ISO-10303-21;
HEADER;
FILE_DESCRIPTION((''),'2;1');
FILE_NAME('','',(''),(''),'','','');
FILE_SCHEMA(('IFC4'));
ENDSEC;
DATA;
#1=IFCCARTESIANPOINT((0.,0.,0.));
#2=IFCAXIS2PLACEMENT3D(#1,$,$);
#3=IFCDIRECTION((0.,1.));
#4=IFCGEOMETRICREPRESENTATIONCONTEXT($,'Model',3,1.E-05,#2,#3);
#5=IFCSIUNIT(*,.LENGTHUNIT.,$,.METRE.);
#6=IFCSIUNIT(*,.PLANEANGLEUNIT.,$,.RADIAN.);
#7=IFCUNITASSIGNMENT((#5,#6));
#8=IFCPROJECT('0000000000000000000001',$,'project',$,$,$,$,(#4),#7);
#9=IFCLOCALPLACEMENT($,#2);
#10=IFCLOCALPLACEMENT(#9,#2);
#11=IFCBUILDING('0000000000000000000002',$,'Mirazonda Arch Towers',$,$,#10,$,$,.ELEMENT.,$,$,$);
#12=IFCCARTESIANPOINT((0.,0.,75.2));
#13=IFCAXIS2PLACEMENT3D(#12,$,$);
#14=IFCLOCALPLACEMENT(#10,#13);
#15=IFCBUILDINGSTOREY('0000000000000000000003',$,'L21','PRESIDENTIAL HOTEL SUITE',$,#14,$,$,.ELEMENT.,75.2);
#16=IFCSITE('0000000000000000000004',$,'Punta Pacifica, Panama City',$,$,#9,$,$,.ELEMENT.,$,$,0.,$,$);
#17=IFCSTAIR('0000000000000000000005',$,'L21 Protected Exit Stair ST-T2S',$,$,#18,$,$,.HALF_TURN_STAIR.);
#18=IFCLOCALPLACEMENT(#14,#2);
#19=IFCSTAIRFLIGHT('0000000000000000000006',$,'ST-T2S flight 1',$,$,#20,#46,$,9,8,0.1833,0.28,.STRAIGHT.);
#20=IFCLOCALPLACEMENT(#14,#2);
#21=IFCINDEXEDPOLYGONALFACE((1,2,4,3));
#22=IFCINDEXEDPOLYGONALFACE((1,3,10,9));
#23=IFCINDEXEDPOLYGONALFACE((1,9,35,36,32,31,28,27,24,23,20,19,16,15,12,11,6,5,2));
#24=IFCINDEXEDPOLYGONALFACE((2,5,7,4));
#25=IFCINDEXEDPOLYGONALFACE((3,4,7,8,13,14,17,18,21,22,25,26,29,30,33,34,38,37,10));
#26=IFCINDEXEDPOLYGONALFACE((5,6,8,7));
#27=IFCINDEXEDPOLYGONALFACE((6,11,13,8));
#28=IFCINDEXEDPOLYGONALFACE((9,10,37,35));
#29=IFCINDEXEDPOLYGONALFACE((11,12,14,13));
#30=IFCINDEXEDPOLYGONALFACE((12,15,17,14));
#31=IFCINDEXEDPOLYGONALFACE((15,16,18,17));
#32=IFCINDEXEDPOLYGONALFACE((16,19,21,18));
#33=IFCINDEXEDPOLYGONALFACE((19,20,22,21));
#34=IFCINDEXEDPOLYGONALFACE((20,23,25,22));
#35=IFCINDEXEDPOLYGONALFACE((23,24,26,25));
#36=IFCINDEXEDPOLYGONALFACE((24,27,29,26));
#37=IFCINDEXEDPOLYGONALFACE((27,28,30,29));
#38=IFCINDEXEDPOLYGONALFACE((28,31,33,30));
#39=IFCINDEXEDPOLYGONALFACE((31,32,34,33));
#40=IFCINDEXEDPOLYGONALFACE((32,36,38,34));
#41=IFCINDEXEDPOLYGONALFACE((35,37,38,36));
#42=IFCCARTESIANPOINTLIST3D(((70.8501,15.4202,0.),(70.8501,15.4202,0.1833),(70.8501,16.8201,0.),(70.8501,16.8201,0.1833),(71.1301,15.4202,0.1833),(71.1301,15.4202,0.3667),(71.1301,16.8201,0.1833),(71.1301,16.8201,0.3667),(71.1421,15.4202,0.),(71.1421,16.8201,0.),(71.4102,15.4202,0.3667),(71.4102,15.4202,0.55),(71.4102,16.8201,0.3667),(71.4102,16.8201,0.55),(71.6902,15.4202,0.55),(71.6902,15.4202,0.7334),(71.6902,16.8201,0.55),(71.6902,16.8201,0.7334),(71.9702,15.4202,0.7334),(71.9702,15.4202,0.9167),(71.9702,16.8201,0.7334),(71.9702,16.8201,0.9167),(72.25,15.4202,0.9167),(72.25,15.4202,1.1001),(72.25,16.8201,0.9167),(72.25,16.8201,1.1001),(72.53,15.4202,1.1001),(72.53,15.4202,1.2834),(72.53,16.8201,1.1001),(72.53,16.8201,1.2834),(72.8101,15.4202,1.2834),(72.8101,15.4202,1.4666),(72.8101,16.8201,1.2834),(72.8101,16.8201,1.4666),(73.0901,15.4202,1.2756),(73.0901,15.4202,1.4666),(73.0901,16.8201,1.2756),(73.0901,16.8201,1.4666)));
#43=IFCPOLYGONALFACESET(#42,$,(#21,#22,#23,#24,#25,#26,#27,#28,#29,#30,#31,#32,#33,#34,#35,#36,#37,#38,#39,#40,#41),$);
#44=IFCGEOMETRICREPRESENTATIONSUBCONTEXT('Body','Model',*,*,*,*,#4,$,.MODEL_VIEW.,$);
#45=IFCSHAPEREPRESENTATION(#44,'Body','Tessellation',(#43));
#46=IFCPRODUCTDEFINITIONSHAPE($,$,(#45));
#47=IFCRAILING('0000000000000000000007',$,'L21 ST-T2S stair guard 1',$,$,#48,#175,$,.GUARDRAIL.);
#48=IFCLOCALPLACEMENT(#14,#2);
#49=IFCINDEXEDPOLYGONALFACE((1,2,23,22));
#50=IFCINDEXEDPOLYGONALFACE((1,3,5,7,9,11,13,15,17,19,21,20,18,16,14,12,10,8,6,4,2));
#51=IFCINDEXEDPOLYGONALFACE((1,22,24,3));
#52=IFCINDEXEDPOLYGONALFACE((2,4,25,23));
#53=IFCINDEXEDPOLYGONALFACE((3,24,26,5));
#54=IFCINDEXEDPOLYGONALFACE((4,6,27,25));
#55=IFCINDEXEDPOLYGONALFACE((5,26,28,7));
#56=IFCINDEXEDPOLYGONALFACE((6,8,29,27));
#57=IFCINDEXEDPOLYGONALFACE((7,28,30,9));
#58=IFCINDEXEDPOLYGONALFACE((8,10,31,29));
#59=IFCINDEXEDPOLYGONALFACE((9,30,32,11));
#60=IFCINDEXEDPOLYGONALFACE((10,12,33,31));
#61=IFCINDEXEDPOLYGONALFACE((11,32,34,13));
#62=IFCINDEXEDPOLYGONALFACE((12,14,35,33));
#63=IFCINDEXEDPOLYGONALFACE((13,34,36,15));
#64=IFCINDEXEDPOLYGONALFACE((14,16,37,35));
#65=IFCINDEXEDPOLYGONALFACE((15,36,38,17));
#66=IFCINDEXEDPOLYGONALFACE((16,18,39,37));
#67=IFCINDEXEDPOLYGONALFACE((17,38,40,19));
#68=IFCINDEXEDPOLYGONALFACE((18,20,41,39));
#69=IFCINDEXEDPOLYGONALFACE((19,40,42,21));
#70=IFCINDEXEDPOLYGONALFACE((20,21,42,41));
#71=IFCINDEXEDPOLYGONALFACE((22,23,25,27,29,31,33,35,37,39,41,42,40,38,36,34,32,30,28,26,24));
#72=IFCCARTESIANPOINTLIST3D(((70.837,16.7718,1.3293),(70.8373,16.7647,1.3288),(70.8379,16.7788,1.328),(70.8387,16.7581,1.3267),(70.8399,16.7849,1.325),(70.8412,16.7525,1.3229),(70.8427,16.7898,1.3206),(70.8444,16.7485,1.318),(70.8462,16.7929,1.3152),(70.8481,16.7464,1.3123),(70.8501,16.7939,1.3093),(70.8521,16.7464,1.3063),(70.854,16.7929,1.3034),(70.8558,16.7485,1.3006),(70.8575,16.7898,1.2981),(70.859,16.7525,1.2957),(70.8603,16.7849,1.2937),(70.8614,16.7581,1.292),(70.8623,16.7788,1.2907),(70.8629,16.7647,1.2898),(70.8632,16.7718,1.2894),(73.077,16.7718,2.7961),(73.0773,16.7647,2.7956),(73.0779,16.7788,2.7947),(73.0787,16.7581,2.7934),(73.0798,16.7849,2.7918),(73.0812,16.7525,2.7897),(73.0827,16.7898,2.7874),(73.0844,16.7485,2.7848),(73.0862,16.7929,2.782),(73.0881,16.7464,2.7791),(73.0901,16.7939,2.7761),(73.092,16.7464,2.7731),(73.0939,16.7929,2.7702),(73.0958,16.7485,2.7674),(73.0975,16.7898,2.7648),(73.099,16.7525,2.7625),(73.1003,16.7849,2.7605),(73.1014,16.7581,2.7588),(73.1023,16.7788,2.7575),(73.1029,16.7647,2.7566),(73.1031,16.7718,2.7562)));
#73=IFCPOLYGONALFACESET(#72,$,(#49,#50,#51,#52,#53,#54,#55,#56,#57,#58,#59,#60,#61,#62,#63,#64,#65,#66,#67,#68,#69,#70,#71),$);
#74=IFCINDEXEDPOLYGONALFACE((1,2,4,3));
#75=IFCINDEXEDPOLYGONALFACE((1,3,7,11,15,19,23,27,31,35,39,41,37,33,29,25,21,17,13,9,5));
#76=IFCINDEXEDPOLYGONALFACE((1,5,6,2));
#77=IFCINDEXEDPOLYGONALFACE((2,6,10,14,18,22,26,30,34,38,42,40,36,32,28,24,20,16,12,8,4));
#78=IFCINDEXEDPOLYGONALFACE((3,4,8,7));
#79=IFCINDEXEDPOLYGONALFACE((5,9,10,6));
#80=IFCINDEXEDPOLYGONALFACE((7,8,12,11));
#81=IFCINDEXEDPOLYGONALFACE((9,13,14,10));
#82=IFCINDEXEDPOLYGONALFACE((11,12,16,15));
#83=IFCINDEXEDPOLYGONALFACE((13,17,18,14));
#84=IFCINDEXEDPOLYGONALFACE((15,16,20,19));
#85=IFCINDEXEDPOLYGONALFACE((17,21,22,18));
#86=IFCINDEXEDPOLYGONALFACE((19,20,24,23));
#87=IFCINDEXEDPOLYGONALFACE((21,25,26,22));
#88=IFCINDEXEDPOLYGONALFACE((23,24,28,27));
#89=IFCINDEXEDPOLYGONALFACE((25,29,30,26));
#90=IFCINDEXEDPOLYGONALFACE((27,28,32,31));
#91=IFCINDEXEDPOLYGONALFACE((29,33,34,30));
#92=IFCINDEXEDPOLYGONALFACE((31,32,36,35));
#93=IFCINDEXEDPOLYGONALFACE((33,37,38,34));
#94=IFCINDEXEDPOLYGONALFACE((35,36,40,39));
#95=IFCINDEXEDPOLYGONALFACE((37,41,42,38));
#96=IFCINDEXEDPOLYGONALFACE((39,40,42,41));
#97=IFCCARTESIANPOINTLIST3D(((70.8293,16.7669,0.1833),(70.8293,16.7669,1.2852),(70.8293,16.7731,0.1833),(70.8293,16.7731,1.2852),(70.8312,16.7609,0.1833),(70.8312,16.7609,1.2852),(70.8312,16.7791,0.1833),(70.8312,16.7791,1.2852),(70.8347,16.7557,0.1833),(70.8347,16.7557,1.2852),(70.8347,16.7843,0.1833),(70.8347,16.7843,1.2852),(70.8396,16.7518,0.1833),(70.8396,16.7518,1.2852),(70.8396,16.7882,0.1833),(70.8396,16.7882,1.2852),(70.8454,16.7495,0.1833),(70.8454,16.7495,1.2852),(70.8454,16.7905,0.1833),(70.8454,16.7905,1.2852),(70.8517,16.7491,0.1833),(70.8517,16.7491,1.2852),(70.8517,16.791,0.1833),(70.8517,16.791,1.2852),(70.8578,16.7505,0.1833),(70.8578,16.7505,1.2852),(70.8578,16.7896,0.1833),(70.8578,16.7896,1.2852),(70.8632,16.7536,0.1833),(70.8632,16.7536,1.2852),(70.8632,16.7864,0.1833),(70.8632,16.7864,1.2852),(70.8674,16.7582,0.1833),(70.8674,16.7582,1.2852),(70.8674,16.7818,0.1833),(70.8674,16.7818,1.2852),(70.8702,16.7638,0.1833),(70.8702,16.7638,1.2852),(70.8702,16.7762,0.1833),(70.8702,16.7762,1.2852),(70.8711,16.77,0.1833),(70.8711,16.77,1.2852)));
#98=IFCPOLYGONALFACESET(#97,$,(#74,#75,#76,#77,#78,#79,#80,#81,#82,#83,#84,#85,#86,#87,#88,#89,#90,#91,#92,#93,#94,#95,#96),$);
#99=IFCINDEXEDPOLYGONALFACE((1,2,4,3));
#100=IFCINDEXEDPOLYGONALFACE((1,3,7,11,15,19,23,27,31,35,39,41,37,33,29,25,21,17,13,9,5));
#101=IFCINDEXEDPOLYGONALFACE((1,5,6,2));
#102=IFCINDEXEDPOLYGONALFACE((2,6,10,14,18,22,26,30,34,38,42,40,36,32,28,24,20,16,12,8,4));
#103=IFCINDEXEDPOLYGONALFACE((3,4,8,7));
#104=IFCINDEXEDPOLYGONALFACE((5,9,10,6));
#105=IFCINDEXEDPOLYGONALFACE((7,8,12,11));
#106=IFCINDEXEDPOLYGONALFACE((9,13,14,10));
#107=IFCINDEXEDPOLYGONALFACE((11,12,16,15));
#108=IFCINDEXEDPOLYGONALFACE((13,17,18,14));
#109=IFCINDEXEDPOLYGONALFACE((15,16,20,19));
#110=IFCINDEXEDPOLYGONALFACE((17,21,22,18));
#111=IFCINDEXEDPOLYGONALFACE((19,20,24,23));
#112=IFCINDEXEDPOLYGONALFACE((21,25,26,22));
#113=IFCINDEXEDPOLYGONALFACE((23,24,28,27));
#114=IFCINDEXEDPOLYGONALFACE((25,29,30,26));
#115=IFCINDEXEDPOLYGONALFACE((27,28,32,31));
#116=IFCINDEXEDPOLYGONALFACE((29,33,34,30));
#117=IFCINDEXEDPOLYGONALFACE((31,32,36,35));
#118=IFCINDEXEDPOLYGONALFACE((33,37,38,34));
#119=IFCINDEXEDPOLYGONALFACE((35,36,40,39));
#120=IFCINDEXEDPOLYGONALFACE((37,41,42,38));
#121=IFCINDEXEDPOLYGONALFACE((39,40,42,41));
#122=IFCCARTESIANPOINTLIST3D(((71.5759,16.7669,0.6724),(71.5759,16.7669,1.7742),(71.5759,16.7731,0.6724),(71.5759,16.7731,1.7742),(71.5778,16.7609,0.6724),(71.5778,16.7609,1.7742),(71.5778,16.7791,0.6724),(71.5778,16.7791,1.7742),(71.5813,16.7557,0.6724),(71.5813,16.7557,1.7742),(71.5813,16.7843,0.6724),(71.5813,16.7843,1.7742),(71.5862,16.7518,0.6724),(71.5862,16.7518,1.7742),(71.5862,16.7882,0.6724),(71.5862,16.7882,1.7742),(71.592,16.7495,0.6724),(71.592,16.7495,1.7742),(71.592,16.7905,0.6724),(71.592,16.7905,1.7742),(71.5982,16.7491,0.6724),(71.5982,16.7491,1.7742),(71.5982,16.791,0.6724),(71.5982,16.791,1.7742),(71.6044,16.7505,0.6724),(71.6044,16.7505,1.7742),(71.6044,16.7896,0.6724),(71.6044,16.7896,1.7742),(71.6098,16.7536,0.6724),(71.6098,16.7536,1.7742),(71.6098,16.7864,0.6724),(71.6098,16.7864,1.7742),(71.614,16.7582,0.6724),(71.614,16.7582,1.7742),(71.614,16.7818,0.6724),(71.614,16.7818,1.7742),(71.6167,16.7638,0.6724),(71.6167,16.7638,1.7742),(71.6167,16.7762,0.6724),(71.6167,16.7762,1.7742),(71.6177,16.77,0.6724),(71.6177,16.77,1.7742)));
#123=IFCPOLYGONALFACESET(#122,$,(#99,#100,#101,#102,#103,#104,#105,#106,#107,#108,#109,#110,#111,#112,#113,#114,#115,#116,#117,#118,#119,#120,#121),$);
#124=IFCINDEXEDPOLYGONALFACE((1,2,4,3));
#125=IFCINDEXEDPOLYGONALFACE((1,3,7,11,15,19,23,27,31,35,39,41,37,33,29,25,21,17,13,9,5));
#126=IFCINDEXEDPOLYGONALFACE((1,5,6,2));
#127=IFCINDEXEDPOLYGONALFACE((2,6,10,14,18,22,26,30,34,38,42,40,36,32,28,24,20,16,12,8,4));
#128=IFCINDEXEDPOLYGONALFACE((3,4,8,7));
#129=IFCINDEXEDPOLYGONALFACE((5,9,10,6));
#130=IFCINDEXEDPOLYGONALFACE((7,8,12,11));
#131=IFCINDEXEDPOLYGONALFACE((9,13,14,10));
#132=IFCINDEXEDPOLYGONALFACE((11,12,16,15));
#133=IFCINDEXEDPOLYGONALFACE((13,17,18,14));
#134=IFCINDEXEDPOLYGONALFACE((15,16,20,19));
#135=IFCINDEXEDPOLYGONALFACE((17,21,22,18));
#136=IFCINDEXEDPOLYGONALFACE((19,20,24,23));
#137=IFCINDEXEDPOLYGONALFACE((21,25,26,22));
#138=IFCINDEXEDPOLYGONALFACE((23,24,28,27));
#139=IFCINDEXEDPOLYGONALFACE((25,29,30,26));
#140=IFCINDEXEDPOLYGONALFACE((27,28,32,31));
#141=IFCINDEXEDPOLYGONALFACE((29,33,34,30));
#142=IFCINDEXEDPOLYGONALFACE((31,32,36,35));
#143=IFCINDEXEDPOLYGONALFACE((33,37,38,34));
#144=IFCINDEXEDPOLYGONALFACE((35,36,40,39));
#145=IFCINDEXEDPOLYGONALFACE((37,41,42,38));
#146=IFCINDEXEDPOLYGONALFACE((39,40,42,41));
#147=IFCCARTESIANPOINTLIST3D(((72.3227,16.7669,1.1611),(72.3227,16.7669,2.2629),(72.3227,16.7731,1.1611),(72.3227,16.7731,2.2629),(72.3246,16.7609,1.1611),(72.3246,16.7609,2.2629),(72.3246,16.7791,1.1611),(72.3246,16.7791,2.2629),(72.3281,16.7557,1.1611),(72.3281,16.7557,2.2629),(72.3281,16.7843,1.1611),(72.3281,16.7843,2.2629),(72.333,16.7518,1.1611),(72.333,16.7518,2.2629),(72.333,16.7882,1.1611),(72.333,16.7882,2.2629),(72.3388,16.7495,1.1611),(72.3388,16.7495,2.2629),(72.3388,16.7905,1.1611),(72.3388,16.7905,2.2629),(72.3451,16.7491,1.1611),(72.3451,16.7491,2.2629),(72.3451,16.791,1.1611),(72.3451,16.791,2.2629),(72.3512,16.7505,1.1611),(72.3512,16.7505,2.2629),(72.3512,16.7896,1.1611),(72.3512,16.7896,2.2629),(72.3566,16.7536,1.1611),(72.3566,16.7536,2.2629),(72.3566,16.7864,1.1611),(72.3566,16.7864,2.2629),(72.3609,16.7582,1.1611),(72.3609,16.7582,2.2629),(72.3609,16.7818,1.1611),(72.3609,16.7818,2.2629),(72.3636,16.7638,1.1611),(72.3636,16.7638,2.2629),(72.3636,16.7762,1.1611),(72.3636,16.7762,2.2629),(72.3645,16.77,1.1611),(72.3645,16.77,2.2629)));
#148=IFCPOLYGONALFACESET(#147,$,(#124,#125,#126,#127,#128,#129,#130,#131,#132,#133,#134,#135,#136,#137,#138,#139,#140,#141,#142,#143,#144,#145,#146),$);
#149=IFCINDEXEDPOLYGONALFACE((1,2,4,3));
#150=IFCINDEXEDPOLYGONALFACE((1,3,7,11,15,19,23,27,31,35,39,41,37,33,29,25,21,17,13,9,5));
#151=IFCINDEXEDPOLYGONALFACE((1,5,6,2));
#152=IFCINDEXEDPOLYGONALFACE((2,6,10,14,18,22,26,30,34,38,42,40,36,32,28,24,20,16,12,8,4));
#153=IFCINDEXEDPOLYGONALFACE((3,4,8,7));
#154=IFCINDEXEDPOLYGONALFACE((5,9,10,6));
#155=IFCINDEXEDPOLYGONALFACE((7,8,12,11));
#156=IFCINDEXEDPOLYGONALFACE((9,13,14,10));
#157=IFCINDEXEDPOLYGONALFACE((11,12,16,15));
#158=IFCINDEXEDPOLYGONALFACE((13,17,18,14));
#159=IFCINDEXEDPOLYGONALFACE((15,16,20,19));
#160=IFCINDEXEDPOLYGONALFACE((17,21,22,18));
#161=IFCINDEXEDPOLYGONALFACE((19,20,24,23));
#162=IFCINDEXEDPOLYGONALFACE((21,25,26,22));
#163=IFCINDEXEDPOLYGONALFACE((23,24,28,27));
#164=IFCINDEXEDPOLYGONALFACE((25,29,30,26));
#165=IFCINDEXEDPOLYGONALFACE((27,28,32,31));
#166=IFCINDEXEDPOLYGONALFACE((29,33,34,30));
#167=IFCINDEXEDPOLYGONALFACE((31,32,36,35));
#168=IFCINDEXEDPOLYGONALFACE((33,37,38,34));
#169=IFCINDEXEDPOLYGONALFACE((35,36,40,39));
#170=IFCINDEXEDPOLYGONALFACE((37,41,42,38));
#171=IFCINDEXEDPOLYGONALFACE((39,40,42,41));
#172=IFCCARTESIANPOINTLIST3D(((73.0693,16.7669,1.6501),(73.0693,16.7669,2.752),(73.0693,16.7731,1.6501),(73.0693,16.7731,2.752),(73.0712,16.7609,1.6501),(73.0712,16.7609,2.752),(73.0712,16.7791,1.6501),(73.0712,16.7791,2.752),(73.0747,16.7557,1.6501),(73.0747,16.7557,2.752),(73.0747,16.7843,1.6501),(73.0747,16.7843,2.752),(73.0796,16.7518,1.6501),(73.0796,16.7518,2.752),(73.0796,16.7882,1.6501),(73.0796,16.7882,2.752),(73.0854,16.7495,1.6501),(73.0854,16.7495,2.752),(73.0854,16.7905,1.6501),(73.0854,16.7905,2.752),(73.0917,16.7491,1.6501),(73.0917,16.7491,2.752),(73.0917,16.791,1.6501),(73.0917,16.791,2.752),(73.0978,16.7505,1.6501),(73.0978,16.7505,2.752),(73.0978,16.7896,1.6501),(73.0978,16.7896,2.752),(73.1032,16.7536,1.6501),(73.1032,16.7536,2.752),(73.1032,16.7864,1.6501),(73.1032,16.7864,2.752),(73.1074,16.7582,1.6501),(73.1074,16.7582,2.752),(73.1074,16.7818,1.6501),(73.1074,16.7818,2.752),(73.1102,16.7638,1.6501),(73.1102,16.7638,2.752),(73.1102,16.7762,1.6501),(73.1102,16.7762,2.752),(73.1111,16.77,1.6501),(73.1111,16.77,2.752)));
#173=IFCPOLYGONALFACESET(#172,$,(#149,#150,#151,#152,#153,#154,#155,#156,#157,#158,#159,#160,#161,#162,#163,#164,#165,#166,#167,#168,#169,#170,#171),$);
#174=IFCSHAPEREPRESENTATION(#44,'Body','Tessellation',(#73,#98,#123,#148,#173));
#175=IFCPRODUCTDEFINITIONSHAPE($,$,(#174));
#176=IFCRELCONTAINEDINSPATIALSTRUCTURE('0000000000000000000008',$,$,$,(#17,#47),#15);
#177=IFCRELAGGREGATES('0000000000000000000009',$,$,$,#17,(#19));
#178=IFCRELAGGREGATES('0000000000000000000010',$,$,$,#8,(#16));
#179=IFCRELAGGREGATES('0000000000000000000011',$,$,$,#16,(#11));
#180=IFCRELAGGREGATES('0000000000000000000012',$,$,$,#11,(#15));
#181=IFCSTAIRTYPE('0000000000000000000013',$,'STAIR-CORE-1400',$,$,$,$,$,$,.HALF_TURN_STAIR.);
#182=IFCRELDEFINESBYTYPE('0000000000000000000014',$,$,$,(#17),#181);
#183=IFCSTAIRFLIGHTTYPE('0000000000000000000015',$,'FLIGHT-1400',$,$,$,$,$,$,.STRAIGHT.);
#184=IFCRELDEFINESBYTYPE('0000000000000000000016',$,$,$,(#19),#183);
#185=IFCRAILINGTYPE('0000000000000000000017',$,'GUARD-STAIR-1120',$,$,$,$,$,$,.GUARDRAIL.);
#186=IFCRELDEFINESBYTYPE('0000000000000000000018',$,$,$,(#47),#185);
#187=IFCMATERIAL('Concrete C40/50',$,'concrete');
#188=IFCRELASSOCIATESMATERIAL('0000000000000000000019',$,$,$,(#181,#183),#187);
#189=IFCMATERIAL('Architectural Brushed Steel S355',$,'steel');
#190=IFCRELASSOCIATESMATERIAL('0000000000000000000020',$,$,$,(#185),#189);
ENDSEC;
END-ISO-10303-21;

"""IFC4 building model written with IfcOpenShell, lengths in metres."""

from ifc_helpers import new_model, si_unit, direction, frame, origin, origin_2d, place, context, subcontext, project, spatial, polyline, circle, outline, extrude, material, type_object, element, aggregate, save


model = new_model("IFC4")

# Units and contexts
model_context = context("Model", 3, precision=1e-05, world=origin(), true_north=direction((0.0, 1.0)))
body_context = subcontext(model_context, "Body", "Model", "MODEL_VIEW")
ifc_project = project(units=[si_unit("LENGTHUNIT", "METRE"), si_unit("PLANEANGLEUNIT", "RADIAN")], contexts=[model_context])

# Site, building, storey
site_placement = place(None, origin())
site = spatial("IfcSite", under=ifc_project, at=site_placement, Name="Punta Pacifica, Panama City", CompositionType="ELEMENT", RefElevation=0.0)
building_placement = place(site_placement, origin())
building = spatial("IfcBuilding", under=site, at=building_placement, Name="Mirazonda Arch Towers", CompositionType="ELEMENT")
storey_placement = place(building_placement, frame((0.0, 0.0, 75.2)))
storey = spatial("IfcBuildingStorey", under=building, at=storey_placement, Name="L21", Description="PRESIDENTIAL HOTEL SUITE", CompositionType="ELEMENT", Elevation=75.2)

# Shared definitions
ifc_material_1 = material(Name="Architectural Brushed Steel S355", Category="steel")

# Stair, stair flight
ifc_material_2 = material(Name="Concrete C40/50", Category="concrete")
stair_type = type_object("IfcStairType", Name="STAIR-CORE-1400", PredefinedType="HALF_TURN_STAIR", material=ifc_material_2)
stair_placement = place(storey_placement, origin())
stair = element("IfcStair", 1, at=stair_placement, inside=storey, type_object=stair_type, Name="L21 Protected Exit Stair ST-T2S", PredefinedType="HALF_TURN_STAIR")
stair_flight_type = type_object("IfcStairFlightType", Name="FLIGHT-1400", PredefinedType="STRAIGHT", material=ifc_material_2)
stair_flight_placement = place(storey_placement, frame((70.8501, 16.1201, 0.0), z_axis=(0.0, 0.0, 1.0), x_axis=(1.0, 0.0, 0.0)))
stair_flight = element("IfcStairFlight", 2, at=stair_flight_placement, type_object=stair_flight_type, Name="ST-T2S flight 1", NumberOfRisers=9, NumberOfTreads=8, PredefinedType="STRAIGHT", RiserHeight=0.1833, TreadLength=0.28, context=body_context, shape_type="SweptSolid", body=[
    extrude(outline(polyline([(0.0, 0.0), (0.0, 0.1833), (0.28, 0.1833), (0.28, 0.3667), (0.5601, 0.3667), (0.5601, 0.55), (0.8401, 0.55), (0.8401, 0.7334), (1.1201, 0.7334), (1.1201, 0.9167), (1.3999, 0.9167), (1.3999, 1.1001), (1.6799, 1.1001), (1.6799, 1.2834), (1.96, 1.2834), (1.96, 1.4666), (2.24, 1.4666), (2.24, 1.6499), (2.24, 1.2756), (0.292, 0.0), (0.0, 0.0)])), frame((0.0, 0.7, 0.0), z_axis=(0.0, -1.0, 0.0), x_axis=(1.0, 0.0, 0.0)), (0.0, 0.0, 1.0), 1.3999),
])
aggregate(stair, [stair_flight])

# Railing
railing_type_1 = type_object("IfcRailingType", Name="GUARD-STAIR-1120", PredefinedType="GUARDRAIL", material=ifc_material_1)
railing_1_placement = place(storey_placement, frame((70.8501, 16.77, 0.1833)))
element("IfcRailing", 3, at=railing_1_placement, inside=storey, type_object=railing_type_1, Name="L21 ST-T2S stair guard 1", PredefinedType="GUARDRAIL", context=body_context, shape_type="SweptSolid", body=[
    extrude(circle(Radius=0.0239, at=origin_2d()), frame((0.0, 0.0, 1.126), z_axis=(0.836595, 0.0, 0.547822), x_axis=(0.0, 1.0, 0.0)), (0.0, 0.0, 1.0), 2.6775),
    extrude(circle(Radius=0.021, at=origin_2d()), origin(), (0.0, 0.0, 1.0), 1.1018),
    extrude(circle(Radius=0.021, at=origin_2d()), frame((0.7466, 0.0, 0.489)), (0.0, 0.0, 1.0), 1.1018),
    extrude(circle(Radius=0.021, at=origin_2d()), frame((1.4934, 0.0, 0.9778)), (0.0, 0.0, 1.0), 1.1018),
    extrude(circle(Radius=0.021, at=origin_2d()), frame((2.24, 0.0, 1.4668)), (0.0, 0.0, 1.0), 1.1018),
])

save(model, "model.ifc")
